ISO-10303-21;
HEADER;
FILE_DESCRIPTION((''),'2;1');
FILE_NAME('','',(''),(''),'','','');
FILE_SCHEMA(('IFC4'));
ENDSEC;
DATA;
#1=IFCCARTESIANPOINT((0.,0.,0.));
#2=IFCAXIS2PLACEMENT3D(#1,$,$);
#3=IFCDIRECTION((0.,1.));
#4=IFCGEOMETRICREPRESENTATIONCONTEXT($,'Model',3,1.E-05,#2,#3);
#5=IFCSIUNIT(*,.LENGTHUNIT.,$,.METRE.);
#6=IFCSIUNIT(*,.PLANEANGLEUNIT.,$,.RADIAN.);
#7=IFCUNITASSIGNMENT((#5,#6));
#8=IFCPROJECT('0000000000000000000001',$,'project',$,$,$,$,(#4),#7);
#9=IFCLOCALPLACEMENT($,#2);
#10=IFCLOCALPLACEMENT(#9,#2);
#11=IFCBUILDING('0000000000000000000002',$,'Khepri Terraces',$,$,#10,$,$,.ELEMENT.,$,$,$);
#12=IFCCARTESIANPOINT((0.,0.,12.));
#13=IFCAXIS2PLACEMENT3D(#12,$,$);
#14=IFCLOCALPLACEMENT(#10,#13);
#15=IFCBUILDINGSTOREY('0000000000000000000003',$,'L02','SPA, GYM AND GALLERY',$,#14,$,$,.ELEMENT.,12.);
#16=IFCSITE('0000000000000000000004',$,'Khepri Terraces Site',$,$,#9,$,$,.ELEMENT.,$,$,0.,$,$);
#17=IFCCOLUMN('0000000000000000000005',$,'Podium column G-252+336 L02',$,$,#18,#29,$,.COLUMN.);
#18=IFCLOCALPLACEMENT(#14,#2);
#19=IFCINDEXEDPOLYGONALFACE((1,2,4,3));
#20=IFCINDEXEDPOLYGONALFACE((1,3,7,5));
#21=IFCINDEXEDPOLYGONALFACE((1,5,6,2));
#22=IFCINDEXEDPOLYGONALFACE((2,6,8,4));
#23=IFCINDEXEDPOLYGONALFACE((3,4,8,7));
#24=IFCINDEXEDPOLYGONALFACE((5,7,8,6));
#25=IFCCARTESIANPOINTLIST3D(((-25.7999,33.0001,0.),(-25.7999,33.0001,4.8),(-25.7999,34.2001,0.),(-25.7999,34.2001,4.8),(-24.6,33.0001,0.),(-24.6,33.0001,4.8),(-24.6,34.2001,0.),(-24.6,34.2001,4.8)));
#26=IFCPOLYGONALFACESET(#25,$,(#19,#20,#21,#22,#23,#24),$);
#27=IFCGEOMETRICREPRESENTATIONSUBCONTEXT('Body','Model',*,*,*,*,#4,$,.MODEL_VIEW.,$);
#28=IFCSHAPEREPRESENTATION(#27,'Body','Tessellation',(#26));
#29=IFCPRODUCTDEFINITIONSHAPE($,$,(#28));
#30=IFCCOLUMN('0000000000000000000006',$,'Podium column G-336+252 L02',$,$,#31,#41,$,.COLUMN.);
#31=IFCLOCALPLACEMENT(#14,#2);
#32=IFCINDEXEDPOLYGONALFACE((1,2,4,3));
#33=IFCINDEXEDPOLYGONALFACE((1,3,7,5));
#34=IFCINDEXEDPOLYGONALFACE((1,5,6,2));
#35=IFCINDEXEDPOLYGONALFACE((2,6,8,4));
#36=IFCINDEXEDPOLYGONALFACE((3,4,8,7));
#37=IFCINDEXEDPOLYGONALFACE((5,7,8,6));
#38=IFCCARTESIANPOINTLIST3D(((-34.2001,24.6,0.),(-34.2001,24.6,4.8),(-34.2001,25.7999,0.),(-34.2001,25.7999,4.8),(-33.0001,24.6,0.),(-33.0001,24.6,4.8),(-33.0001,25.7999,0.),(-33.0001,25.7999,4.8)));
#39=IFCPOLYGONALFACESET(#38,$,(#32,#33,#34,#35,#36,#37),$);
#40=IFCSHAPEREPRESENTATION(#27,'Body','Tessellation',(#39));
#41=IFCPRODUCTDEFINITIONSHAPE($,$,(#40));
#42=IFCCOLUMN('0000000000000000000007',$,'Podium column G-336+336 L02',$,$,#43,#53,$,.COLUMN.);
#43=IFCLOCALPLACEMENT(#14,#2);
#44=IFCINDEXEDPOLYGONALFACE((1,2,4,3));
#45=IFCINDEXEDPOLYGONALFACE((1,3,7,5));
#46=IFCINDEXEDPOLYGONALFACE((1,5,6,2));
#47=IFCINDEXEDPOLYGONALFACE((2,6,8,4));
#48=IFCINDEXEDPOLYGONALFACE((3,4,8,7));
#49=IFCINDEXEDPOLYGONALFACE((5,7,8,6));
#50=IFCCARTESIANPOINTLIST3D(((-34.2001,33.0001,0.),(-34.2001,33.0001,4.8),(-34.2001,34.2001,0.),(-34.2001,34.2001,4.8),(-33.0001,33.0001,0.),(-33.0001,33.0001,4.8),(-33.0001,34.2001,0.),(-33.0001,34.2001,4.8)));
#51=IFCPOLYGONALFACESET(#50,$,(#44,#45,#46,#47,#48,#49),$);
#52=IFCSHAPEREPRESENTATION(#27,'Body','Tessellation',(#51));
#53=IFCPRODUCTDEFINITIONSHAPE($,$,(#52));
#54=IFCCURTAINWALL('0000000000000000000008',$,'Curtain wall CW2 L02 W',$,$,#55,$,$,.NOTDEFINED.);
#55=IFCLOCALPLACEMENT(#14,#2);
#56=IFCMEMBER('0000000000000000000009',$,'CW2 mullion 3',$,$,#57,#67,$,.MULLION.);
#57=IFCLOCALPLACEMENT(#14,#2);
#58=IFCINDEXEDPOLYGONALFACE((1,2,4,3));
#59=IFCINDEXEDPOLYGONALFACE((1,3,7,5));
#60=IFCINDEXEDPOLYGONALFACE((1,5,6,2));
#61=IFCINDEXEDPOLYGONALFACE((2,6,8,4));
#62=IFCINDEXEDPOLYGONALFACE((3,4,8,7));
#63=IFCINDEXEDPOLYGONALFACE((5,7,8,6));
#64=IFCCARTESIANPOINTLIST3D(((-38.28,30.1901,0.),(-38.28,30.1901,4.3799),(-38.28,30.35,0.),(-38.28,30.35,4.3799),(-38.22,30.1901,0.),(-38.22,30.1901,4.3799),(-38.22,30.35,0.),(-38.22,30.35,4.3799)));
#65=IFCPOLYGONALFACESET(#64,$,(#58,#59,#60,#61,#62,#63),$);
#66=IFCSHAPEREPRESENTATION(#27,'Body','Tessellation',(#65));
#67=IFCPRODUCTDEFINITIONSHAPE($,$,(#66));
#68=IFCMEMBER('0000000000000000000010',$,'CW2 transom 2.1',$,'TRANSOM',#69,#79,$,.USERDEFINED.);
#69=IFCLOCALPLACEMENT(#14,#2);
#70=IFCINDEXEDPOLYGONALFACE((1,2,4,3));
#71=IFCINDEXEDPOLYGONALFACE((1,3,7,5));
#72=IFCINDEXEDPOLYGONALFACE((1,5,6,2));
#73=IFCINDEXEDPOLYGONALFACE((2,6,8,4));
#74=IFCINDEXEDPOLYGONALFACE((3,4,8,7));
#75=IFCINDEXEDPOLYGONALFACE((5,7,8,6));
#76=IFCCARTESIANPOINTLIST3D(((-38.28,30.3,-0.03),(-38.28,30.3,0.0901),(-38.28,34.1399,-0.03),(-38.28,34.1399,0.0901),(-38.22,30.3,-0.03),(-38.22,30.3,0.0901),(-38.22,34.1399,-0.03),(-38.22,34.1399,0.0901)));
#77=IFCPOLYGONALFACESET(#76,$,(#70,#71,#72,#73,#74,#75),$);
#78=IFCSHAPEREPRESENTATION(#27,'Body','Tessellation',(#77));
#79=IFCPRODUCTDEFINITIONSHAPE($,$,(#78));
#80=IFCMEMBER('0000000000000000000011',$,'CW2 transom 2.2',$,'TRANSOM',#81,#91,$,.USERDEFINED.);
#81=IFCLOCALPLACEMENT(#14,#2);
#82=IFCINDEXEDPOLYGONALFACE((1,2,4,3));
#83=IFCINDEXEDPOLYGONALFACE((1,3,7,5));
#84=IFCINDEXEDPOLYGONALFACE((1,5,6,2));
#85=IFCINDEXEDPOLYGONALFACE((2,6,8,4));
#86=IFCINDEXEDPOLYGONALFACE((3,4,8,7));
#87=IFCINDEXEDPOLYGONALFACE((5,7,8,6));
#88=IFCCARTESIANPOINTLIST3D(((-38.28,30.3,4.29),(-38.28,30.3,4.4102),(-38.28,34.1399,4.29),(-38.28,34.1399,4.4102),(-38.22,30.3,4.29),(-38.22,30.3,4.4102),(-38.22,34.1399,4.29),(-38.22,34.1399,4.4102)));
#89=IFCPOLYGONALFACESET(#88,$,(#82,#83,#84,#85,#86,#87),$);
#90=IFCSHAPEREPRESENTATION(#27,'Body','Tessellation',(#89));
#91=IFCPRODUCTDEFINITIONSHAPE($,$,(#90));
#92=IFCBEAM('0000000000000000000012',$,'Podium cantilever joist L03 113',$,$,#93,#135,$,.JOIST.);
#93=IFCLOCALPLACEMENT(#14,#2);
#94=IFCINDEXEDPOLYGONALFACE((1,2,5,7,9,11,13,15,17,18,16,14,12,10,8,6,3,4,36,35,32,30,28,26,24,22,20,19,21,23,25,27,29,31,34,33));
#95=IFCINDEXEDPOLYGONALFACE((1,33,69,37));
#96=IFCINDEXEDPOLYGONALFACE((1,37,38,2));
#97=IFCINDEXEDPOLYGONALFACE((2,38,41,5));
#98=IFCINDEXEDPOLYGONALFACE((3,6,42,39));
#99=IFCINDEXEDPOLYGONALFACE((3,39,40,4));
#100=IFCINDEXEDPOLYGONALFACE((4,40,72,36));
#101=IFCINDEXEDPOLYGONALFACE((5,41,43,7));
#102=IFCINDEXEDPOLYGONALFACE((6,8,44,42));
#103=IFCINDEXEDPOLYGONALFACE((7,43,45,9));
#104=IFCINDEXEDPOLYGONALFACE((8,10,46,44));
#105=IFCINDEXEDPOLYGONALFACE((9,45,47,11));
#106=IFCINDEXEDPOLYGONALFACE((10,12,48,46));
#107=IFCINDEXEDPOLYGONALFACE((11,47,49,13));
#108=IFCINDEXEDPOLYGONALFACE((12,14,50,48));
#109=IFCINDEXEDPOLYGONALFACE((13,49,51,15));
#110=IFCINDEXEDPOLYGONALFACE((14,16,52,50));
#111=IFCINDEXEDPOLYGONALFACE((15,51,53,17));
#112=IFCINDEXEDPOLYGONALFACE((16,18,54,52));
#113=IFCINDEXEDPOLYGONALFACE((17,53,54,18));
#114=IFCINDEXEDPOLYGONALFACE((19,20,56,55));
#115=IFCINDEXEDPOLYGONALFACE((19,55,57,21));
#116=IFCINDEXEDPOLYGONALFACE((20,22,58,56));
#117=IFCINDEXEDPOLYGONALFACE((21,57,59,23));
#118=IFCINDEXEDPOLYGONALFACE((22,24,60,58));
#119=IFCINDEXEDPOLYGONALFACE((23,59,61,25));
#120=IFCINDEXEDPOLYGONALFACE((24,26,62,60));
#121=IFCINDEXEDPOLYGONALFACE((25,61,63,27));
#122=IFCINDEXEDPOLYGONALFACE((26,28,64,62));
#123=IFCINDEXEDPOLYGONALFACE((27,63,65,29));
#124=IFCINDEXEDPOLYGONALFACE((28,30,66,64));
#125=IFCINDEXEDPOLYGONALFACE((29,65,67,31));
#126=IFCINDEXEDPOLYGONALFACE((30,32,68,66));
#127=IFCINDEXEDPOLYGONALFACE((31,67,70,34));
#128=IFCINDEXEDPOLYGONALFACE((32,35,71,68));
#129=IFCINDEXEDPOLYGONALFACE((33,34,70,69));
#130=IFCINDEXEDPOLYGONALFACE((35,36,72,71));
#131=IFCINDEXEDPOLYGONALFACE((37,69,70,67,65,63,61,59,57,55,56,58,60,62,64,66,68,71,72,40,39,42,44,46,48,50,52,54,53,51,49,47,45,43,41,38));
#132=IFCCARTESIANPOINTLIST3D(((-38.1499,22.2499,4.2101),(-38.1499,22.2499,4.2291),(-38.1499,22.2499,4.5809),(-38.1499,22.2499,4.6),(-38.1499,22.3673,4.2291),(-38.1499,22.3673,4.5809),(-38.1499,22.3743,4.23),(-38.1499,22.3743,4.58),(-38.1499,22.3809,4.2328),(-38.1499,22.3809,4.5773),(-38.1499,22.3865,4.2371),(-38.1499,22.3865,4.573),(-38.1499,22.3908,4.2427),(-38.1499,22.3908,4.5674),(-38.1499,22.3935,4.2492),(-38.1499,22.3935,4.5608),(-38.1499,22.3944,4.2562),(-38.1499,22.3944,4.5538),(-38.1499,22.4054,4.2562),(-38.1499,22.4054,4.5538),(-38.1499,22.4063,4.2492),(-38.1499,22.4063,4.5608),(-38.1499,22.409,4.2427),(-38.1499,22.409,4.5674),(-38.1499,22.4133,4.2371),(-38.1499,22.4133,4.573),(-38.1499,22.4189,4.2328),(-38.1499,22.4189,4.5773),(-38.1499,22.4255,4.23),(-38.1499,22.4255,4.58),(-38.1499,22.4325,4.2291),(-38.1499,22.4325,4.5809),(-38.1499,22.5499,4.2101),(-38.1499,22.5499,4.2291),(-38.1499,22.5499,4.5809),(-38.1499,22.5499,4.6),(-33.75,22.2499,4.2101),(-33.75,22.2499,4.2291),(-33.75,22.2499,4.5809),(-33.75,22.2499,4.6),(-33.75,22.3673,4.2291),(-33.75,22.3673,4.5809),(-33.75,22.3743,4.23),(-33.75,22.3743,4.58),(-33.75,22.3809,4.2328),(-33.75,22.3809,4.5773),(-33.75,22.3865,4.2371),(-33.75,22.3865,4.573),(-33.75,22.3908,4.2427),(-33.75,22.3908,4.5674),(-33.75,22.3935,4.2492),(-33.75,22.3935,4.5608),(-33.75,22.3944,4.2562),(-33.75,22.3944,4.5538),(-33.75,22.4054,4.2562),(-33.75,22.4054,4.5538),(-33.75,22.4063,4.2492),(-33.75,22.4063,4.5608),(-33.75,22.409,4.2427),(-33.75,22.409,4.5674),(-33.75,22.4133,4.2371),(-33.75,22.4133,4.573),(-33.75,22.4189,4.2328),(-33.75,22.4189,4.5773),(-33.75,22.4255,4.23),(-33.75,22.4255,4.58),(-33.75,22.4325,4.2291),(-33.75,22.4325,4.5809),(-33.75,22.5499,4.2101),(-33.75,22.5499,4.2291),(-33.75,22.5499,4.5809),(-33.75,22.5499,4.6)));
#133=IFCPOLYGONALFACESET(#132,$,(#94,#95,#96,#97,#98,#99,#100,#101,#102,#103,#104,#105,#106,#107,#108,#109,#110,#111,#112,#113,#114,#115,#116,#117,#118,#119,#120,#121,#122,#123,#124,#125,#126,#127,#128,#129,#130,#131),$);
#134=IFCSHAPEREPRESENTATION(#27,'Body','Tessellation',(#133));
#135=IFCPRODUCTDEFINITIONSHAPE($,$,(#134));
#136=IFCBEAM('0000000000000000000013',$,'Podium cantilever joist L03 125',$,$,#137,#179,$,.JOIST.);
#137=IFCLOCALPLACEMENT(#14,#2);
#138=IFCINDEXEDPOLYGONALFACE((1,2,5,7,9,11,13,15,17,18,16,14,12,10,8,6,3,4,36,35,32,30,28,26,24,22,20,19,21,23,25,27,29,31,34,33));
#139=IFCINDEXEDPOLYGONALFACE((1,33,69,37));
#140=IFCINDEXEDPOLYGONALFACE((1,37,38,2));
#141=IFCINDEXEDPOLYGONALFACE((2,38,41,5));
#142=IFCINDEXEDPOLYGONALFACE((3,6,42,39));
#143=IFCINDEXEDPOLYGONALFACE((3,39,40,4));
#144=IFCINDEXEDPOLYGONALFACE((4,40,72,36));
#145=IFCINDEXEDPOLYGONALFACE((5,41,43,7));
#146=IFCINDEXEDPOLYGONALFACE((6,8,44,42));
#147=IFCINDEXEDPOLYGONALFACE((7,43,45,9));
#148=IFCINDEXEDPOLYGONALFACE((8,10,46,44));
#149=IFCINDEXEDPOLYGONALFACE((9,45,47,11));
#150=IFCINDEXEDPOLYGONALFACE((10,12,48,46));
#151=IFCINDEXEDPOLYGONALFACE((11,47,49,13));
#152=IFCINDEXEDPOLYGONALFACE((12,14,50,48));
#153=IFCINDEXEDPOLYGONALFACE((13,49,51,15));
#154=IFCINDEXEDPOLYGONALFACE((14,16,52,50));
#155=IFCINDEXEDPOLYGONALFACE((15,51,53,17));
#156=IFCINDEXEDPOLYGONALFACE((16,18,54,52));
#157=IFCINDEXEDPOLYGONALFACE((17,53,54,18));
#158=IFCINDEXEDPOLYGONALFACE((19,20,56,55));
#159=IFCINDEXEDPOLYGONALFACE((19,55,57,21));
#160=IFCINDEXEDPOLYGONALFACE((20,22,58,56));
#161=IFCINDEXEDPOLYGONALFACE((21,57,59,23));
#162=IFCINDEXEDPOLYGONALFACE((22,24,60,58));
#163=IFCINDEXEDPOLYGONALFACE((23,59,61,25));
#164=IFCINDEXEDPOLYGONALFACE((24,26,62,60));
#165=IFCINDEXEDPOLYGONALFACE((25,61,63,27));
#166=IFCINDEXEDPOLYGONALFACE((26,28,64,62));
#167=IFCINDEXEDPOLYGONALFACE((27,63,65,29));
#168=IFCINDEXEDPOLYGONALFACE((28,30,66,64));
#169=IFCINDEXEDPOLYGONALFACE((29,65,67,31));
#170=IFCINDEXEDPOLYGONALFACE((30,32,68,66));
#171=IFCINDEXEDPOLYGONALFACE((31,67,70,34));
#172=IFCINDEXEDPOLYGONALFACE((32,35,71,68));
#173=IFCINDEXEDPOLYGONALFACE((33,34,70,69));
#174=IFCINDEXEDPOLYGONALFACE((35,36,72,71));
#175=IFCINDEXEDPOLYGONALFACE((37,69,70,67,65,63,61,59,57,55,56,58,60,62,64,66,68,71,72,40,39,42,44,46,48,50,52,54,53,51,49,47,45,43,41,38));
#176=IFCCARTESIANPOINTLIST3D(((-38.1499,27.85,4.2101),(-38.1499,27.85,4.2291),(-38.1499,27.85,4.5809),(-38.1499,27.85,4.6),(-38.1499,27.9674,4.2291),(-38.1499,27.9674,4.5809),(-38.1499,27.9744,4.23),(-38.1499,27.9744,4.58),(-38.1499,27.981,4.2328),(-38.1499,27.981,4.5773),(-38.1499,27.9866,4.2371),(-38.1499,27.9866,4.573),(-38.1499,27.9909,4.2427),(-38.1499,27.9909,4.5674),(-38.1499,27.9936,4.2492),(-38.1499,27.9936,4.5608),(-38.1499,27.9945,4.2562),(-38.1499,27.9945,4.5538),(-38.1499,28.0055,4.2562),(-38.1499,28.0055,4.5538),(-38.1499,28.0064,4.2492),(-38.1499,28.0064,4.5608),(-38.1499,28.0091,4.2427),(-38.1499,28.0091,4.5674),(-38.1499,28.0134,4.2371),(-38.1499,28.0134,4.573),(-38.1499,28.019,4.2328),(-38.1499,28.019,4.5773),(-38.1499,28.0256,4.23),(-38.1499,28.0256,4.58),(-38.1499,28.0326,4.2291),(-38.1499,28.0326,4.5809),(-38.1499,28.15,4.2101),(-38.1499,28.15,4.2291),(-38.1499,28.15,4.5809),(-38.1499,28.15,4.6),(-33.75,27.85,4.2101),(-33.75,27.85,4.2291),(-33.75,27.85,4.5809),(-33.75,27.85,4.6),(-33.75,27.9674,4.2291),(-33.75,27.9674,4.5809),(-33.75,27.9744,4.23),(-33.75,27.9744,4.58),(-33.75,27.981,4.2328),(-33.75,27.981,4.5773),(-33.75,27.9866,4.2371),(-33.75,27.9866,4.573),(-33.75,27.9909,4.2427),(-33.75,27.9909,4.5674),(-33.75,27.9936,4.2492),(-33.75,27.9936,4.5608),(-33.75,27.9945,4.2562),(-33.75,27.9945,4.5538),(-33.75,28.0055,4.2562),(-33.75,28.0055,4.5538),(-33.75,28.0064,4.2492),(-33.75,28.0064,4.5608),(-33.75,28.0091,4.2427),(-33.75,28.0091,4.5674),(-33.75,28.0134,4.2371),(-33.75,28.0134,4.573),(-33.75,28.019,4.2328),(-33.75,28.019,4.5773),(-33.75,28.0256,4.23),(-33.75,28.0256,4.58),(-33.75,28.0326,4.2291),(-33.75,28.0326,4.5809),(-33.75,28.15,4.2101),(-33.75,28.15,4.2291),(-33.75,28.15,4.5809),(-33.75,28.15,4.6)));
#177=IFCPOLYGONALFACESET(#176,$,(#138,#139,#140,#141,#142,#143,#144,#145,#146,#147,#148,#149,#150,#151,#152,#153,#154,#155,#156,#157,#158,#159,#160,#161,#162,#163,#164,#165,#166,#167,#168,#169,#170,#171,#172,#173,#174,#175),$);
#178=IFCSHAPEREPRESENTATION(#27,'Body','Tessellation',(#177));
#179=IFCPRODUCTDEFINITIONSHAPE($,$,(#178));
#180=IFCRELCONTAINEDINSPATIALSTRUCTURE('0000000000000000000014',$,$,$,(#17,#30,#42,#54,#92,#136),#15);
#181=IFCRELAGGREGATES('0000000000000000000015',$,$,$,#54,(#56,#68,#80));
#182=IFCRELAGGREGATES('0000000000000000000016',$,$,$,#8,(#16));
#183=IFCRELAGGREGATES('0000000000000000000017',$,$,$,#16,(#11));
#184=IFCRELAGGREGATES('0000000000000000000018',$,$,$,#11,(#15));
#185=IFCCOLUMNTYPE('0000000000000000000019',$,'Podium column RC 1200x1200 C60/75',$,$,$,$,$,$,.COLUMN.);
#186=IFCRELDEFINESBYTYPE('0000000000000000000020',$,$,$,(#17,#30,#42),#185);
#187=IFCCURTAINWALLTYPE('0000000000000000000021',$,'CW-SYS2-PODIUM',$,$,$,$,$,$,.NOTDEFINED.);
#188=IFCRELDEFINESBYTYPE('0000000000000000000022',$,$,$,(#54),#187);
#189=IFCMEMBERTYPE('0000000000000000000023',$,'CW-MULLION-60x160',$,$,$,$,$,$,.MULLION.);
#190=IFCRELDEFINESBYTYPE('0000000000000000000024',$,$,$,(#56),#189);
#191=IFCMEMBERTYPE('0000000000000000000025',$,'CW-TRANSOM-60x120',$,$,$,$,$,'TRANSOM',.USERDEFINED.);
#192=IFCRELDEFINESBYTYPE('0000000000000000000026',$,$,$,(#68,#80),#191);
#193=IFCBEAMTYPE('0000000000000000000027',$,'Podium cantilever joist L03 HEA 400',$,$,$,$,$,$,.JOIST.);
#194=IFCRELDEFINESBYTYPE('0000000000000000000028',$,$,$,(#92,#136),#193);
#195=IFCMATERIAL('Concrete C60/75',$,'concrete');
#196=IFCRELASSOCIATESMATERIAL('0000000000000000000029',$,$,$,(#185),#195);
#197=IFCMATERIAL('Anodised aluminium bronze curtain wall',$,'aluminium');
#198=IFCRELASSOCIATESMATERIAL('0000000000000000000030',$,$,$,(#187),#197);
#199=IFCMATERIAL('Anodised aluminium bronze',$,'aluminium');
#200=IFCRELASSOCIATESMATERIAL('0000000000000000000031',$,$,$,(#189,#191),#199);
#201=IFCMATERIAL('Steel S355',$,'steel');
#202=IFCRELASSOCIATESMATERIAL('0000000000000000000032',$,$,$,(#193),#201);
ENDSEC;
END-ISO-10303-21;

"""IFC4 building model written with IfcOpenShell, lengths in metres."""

from ifc_helpers import new_model, si_unit, direction, frame, origin, origin_2d, place, context, subcontext, project, spatial, rectangle, i_section, extrude, material, material_profile, profile_set, type_object, element, aggregate, save


model = new_model("IFC4")

# Units and contexts
model_context = context("Model", 3, precision=1e-05, world=origin(), true_north=direction((0.0, 1.0)))
body_context = subcontext(model_context, "Body", "Model", "MODEL_VIEW")
ifc_project = project(units=[si_unit("LENGTHUNIT", "METRE"), si_unit("PLANEANGLEUNIT", "RADIAN")], contexts=[model_context])

# Site, building, storey
site_placement = place(None, origin())
site = spatial("IfcSite", under=ifc_project, at=site_placement, Name="Khepri Terraces Site", CompositionType="ELEMENT", RefElevation=0.0)
building_placement = place(site_placement, origin())
building = spatial("IfcBuilding", under=site, at=building_placement, Name="Khepri Terraces", CompositionType="ELEMENT")
storey_placement = place(building_placement, frame((0.0, 0.0, 12.0)))
storey = spatial("IfcBuildingStorey", under=building, at=storey_placement, Name="L02", Description="SPA, GYM AND GALLERY", CompositionType="ELEMENT", Elevation=12.0)

# Columns
ifc_material_1 = material(Name="Concrete C60/75", Category="concrete")
ifc_material_profile_1 = material_profile(ifc_material_1, rectangle(XDim=1.2, YDim=1.2, at=origin_2d()), Name="Concrete C60/75", Category="concrete")
ifc_profile_set_1 = profile_set([ifc_material_profile_1], Name="Concrete C60/75")
column_type = type_object("IfcColumnType", Name="Podium column RC 1200x1200 C60/75", PredefinedType="COLUMN", material=ifc_profile_set_1)
for number, where, z_axis, x_axis, name in (
    (1, (-25.2, 33.6001, 0.0), (0.0, 0.0, 1.0), (1.0, 0.0, 0.0), "Podium column G-252+336 L02"),
    (2, (-33.6001, 25.2, 0.0), (0.0, 0.0, 1.0), (1.0, 0.0, 0.0), "Podium column G-336+252 L02"),
    (3, (-33.6001, 33.6001, 0.0), (0.0, 0.0, 1.0), (1.0, 0.0, 0.0), "Podium column G-336+336 L02"),
):
    element("IfcColumn", number, at=place(storey_placement, frame(where, z_axis=z_axis, x_axis=x_axis)), inside=storey, type_object=column_type, Name=name, PredefinedType="COLUMN", context=body_context, shape_type="SweptSolid", body=[
        extrude(rectangle(XDim=1.2, YDim=1.2, at=origin_2d()), origin(), (0.0, 0.0, 1.0), 4.8),
    ])

# Curtain wall, members
ifc_material_2 = material(Name="Anodised aluminium bronze curtain wall", Category="aluminium")
curtain_wall_type = type_object("IfcCurtainWallType", Name="CW-SYS2-PODIUM", PredefinedType="NOTDEFINED", material=ifc_material_2)
curtain_wall_placement = place(storey_placement, origin())
curtain_wall = element("IfcCurtainWall", 4, at=curtain_wall_placement, inside=storey, type_object=curtain_wall_type, Name="Curtain wall CW2 L02 W", PredefinedType="NOTDEFINED")
ifc_material_3 = material(Name="Anodised aluminium bronze", Category="aluminium")
ifc_material_profile_2 = material_profile(ifc_material_3, rectangle(XDim=0.0601, YDim=0.1599, at=origin_2d()), Name="Anodised aluminium bronze", Category="aluminium")
ifc_profile_set_2 = profile_set([ifc_material_profile_2], Name="Anodised aluminium bronze")
member_type_1 = type_object("IfcMemberType", Name="CW-MULLION-60x160", PredefinedType="MULLION", material=ifc_profile_set_2)
member_1_placement = place(storey_placement, frame((-38.25, 30.27, 0.0), z_axis=(0.0, 0.0, 1.0), x_axis=(1.0, 0.0, 0.0)))
member_1 = element("IfcMember", 5, at=member_1_placement, type_object=member_type_1, Name="CW2 mullion 3", PredefinedType="MULLION", context=body_context, shape_type="SweptSolid", body=[
    extrude(rectangle(XDim=0.0601, YDim=0.1599, at=origin_2d()), origin(), (0.0, 0.0, 1.0), 4.3799),
])
ifc_material_profile_3 = material_profile(ifc_material_3, rectangle(XDim=0.0601, YDim=0.1201, at=origin_2d()), Name="Anodised aluminium bronze", Category="aluminium")
ifc_profile_set_3 = profile_set([ifc_material_profile_3], Name="Anodised aluminium bronze")
member_type_2 = type_object("IfcMemberType", Name="CW-TRANSOM-60x120", ElementType="TRANSOM", PredefinedType="USERDEFINED", material=ifc_profile_set_3)
member_2_placement = place(storey_placement, frame((-38.25, 34.1399, 0.03), z_axis=(0.0, -1.0, 0.0), x_axis=(1.0, 0.0, 0.0)))
member_2 = element("IfcMember", 6, at=member_2_placement, type_object=member_type_2, Name="CW2 transom 2.1", ObjectType="TRANSOM", PredefinedType="USERDEFINED", context=body_context, shape_type="SweptSolid", body=[
    extrude(rectangle(XDim=0.0601, YDim=0.1201, at=origin_2d()), origin(), (0.0, 0.0, 1.0), 3.8398),
])
member_3_placement = place(storey_placement, frame((-38.25, 34.1399, 4.3501), z_axis=(0.0, -1.0, 0.0), x_axis=(1.0, 0.0, 0.0)))
member_3 = element("IfcMember", 7, at=member_3_placement, type_object=member_type_2, Name="CW2 transom 2.2", ObjectType="TRANSOM", PredefinedType="USERDEFINED", context=body_context, shape_type="SweptSolid", body=[
    extrude(rectangle(XDim=0.0601, YDim=0.1201, at=origin_2d()), origin(), (0.0, 0.0, 1.0), 3.8398),
])

# Beams
ifc_material_4 = material(Name="Steel S355", Category="steel")
ifc_material_profile_4 = material_profile(ifc_material_4, i_section(OverallWidth=0.3, OverallDepth=0.3899, WebThickness=0.011, FlangeThickness=0.019, FilletRadius=0.0271, at=origin_2d()), Name="Steel S355", Category="steel")
ifc_profile_set_4 = profile_set([ifc_material_profile_4], Name="Steel S355")
beam_type_1 = type_object("IfcBeamType", Name="Podium cantilever joist L03 HEA 400", PredefinedType="JOIST", material=ifc_profile_set_4)
for number, where, z_axis, x_axis, name in (
    (8, (-38.1499, 22.3999, 4.405), (1.0, 0.0, 0.0), (0.0, 1.0, 0.0), "Podium cantilever joist L03 113"),
    (9, (-38.1499, 28.0, 4.405), (1.0, 0.0, 0.0), (0.0, 1.0, 0.0), "Podium cantilever joist L03 125"),
):
    element("IfcBeam", number, at=place(storey_placement, frame(where, z_axis=z_axis, x_axis=x_axis)), inside=storey, type_object=beam_type_1, Name=name, PredefinedType="JOIST", context=body_context, shape_type="SweptSolid", body=[
        extrude(i_section(OverallWidth=0.3, OverallDepth=0.3899, WebThickness=0.011, FlangeThickness=0.019, FilletRadius=0.0271, at=origin_2d()), origin(), (0.0, 0.0, 1.0), 4.3999),
    ])

aggregate(curtain_wall, [member_1, member_2, member_3])

save(model, "model.ifc")
